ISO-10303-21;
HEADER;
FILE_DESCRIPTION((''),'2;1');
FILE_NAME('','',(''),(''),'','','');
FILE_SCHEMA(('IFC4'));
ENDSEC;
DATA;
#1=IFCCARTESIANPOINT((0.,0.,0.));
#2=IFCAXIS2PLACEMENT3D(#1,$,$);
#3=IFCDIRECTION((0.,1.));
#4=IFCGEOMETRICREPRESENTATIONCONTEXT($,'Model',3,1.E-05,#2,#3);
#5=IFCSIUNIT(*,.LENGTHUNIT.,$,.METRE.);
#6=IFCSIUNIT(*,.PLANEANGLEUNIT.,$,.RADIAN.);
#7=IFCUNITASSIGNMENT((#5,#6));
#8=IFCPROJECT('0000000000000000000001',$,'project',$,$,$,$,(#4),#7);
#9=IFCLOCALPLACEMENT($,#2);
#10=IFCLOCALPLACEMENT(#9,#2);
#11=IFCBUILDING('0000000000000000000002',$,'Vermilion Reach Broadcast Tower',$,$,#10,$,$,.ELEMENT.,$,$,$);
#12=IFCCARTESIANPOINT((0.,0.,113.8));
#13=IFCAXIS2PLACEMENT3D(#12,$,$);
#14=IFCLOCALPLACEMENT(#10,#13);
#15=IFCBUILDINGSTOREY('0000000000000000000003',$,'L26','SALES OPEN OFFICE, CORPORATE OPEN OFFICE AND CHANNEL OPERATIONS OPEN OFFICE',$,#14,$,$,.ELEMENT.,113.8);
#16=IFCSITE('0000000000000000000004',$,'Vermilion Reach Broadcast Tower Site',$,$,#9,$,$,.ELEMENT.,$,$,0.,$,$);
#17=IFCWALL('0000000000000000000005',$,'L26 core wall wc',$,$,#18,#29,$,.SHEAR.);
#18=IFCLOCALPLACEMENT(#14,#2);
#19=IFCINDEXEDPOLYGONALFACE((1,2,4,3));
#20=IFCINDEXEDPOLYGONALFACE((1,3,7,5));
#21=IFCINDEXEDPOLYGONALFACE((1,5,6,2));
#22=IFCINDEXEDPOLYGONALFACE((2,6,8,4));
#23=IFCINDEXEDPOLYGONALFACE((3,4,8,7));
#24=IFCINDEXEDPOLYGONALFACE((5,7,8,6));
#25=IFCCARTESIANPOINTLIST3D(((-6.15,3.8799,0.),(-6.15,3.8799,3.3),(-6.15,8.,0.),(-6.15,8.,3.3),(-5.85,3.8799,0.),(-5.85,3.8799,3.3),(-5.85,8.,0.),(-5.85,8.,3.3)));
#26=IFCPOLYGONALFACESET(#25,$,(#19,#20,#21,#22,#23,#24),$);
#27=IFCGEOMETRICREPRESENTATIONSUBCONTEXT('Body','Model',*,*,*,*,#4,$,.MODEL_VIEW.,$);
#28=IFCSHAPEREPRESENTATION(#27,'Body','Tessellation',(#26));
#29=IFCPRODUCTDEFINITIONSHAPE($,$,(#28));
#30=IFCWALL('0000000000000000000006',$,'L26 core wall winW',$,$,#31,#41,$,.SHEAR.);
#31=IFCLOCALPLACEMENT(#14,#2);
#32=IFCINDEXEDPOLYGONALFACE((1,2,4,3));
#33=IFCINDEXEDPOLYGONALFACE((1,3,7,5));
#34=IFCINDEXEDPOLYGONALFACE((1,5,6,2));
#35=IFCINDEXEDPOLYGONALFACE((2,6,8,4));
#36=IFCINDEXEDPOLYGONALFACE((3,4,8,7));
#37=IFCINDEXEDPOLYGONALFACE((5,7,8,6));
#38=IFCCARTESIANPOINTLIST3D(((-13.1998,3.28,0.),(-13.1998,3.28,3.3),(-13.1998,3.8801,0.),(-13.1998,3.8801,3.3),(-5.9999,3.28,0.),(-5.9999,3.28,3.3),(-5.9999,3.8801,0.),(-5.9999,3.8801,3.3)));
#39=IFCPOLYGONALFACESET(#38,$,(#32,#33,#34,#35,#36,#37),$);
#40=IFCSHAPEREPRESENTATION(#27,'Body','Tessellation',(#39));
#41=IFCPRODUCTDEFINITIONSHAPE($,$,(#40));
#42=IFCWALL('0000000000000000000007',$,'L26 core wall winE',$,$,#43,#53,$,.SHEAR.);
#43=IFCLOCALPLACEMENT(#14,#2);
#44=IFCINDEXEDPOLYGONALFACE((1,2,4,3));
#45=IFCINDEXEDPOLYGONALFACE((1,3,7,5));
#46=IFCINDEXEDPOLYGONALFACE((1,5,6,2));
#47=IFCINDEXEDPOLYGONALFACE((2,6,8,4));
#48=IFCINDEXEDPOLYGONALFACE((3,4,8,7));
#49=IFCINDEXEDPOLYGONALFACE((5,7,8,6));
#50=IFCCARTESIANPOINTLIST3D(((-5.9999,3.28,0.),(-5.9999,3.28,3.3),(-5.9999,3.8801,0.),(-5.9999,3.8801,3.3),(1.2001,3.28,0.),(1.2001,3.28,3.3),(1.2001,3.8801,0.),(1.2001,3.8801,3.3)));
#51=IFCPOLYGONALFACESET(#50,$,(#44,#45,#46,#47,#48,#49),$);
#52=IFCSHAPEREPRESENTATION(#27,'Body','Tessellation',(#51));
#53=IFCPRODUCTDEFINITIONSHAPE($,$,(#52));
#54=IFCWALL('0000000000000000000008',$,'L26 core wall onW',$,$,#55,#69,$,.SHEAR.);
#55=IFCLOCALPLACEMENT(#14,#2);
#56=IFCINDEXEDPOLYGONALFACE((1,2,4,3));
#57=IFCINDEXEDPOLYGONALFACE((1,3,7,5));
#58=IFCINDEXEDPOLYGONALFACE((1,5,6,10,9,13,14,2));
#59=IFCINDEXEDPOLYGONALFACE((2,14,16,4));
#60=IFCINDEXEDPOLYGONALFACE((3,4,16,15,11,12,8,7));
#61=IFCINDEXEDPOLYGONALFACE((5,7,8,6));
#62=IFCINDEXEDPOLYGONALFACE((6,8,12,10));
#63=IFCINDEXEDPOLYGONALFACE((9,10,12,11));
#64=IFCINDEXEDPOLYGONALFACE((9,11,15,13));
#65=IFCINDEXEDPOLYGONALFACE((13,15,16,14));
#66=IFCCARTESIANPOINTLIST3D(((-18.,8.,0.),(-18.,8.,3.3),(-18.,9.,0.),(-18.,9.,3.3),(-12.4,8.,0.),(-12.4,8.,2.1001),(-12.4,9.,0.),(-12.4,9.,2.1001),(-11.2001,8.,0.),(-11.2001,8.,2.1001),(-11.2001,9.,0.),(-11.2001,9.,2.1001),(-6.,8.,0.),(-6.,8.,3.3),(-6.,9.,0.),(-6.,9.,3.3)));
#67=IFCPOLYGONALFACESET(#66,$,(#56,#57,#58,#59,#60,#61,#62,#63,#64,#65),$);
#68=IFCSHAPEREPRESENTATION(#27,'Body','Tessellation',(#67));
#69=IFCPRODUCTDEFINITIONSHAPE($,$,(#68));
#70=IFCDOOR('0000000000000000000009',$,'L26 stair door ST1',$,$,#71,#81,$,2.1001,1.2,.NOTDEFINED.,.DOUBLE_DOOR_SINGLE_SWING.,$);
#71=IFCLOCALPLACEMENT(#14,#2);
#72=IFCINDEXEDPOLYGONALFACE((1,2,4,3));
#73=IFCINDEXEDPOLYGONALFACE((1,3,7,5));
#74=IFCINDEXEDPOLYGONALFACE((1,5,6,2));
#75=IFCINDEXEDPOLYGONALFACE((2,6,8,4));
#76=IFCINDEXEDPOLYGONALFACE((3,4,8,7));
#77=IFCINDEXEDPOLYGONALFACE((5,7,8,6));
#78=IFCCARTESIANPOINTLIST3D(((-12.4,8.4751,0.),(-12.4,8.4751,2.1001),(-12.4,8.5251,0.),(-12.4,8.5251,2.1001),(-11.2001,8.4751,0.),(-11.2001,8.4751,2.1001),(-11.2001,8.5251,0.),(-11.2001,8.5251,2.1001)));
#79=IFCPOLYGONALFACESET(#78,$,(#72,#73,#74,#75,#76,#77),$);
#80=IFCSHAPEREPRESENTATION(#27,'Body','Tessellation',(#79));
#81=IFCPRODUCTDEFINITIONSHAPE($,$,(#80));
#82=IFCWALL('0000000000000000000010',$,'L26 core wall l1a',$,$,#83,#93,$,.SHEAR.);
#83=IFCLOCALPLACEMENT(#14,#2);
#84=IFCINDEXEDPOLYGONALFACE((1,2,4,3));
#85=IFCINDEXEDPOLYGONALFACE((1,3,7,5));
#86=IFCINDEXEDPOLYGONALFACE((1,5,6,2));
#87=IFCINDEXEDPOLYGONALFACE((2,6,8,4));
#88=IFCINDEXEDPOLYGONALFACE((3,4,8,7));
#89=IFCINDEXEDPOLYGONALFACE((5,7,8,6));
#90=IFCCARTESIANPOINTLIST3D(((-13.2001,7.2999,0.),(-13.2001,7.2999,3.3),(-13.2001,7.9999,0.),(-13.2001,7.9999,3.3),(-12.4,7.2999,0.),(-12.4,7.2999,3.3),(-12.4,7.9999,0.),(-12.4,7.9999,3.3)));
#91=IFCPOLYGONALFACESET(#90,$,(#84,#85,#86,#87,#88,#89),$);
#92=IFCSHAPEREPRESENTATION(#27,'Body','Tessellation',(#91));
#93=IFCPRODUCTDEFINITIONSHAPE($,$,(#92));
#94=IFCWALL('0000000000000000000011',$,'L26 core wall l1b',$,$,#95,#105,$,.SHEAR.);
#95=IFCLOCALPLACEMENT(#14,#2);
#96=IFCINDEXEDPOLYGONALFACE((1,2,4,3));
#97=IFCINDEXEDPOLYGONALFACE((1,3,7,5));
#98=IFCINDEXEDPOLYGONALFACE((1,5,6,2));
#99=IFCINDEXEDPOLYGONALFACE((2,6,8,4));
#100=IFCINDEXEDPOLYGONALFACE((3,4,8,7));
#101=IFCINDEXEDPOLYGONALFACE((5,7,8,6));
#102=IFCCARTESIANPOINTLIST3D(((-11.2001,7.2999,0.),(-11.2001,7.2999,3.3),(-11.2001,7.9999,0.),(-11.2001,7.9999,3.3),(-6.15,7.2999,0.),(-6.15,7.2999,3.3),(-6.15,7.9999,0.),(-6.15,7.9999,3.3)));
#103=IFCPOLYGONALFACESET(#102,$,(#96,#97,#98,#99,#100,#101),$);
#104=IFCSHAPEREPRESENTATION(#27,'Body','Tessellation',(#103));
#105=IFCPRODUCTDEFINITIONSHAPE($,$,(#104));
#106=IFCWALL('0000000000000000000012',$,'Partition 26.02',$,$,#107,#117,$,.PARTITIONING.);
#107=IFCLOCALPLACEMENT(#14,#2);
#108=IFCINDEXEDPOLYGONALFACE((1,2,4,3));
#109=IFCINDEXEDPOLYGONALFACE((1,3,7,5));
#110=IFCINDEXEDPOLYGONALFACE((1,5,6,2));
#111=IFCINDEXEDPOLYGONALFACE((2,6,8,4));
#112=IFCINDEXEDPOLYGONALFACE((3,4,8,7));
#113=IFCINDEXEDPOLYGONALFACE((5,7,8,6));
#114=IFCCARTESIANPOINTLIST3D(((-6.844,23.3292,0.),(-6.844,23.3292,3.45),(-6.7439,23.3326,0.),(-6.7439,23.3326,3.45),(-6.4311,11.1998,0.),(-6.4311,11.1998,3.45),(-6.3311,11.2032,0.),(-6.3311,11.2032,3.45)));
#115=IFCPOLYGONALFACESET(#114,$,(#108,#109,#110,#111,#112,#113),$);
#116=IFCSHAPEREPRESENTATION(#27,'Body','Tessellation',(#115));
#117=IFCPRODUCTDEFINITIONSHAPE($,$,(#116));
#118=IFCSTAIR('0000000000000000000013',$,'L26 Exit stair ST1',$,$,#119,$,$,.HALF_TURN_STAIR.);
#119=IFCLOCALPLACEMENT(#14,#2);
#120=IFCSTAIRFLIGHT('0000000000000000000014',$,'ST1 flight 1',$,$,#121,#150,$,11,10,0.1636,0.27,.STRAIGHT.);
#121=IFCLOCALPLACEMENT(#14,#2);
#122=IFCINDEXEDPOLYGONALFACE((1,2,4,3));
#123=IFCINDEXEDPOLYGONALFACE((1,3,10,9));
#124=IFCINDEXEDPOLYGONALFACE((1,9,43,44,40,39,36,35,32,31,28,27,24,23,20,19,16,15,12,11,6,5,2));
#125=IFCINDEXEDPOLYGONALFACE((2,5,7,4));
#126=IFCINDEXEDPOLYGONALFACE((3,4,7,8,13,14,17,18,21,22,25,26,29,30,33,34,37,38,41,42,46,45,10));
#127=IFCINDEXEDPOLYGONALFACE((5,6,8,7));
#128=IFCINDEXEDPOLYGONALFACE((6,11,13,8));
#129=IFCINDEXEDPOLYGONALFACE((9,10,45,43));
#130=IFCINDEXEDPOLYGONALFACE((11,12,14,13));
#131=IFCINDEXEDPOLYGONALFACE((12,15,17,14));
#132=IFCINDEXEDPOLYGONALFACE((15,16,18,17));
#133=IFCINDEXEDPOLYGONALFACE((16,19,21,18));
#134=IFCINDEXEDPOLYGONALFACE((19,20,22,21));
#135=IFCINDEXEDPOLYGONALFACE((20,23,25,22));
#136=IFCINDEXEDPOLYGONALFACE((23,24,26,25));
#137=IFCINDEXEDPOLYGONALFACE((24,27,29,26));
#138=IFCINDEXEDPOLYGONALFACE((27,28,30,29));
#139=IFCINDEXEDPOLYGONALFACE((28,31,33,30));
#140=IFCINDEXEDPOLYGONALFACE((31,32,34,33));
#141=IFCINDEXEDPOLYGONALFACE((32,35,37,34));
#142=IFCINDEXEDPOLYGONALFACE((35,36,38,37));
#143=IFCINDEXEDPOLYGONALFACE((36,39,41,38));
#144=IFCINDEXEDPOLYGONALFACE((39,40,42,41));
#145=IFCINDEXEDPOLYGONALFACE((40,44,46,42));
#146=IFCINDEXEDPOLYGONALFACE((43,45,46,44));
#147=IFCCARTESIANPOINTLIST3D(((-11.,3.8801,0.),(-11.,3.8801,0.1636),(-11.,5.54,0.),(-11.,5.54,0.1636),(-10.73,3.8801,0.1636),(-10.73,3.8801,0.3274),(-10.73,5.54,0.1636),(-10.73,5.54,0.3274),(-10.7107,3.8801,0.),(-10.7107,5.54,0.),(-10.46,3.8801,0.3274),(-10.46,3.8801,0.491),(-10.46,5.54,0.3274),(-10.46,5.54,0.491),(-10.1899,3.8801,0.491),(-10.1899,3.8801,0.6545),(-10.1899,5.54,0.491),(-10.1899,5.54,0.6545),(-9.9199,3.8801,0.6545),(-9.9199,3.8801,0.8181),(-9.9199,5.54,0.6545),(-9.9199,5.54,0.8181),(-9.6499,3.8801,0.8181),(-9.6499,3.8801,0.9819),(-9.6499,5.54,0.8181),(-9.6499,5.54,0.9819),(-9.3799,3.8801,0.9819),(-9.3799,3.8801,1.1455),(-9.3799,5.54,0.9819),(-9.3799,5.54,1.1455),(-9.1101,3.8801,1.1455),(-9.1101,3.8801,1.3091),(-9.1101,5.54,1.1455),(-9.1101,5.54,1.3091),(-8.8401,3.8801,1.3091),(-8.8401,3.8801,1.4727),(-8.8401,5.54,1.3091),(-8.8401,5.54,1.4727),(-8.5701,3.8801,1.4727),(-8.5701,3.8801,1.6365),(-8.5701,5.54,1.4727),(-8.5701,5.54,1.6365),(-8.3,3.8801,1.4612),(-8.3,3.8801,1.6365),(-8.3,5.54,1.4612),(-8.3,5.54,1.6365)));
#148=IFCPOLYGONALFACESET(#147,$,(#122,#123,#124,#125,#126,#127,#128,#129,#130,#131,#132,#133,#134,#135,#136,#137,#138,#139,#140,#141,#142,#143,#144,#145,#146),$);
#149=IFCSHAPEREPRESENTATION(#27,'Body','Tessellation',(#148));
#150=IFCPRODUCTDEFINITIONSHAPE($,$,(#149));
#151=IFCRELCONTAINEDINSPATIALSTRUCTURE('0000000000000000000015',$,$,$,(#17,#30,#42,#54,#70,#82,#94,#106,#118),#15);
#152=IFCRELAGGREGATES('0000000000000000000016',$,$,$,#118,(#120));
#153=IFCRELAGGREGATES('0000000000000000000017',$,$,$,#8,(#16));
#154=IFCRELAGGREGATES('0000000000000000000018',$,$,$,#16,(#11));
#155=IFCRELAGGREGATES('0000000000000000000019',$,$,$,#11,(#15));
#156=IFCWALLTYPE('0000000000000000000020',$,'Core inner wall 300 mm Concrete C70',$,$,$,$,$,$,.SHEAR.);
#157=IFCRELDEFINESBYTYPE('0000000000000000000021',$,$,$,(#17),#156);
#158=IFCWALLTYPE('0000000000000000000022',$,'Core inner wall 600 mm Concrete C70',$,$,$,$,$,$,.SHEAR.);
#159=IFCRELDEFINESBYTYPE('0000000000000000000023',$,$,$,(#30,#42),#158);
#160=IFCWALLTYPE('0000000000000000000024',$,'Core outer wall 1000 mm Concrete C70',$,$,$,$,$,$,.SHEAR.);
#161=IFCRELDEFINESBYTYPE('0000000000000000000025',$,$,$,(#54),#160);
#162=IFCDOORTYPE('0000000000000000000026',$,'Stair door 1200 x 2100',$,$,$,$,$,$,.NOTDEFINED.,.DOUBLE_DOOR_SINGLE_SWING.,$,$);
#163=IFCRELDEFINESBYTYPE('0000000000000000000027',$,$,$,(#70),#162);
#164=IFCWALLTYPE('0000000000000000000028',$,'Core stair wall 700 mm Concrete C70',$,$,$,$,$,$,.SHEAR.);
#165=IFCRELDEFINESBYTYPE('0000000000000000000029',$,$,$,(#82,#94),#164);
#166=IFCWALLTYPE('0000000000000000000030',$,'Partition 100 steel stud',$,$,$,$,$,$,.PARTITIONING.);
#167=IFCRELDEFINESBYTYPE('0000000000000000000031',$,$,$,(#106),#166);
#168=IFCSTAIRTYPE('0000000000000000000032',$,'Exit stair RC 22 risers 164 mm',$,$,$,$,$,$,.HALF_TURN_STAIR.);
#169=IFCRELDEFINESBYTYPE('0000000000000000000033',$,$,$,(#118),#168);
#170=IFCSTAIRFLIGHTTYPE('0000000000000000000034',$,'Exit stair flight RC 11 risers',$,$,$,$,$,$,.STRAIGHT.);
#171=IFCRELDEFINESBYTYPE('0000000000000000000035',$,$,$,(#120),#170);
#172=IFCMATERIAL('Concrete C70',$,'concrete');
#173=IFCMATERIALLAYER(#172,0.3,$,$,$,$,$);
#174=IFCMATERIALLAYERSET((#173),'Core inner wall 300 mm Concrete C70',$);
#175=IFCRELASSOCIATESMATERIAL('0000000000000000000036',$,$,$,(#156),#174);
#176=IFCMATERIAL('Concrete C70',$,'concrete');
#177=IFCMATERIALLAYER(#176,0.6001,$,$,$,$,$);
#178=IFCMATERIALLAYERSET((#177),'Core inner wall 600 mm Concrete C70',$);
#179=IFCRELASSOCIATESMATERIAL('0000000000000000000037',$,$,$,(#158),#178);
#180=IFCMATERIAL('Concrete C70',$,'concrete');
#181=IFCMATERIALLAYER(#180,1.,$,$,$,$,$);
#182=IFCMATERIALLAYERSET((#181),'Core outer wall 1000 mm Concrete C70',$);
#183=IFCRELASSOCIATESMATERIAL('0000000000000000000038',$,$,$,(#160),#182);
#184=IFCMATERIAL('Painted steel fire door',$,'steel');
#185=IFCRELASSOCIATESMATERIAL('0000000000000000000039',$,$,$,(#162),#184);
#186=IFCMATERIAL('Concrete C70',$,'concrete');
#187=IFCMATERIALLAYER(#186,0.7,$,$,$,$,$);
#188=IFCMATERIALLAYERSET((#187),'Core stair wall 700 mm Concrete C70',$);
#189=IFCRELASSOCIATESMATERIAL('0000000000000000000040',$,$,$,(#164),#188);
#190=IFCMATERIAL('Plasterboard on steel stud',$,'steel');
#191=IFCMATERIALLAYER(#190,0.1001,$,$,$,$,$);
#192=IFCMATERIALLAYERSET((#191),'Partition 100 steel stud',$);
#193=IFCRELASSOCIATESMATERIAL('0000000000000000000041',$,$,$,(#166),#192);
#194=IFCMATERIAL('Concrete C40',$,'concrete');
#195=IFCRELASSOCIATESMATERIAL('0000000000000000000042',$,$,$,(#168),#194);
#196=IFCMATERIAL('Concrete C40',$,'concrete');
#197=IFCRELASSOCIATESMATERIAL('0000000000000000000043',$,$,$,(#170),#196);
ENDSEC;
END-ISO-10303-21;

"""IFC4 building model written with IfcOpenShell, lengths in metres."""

from ifc_helpers import new_model, si_unit, direction, frame, frame_2d, origin, place, context, subcontext, project, spatial, polyline, rectangle, outline, extrude, material, layer, layer_set, type_object, element, fill, aggregate, save


model = new_model("IFC4")

# Units and contexts
model_context = context("Model", 3, precision=1e-05, world=origin(), true_north=direction((0.0, 1.0)))
body_context = subcontext(model_context, "Body", "Model", "MODEL_VIEW")
ifc_project = project(units=[si_unit("LENGTHUNIT", "METRE"), si_unit("PLANEANGLEUNIT", "RADIAN")], contexts=[model_context])

# Site, building, storey
site_placement = place(None, origin())
site = spatial("IfcSite", under=ifc_project, at=site_placement, Name="Vermilion Reach Broadcast Tower Site", CompositionType="ELEMENT", RefElevation=0.0)
building_placement = place(site_placement, origin())
building = spatial("IfcBuilding", under=site, at=building_placement, Name="Vermilion Reach Broadcast Tower", CompositionType="ELEMENT")
storey_placement = place(building_placement, frame((0.0, 0.0, 113.8)))
storey = spatial("IfcBuildingStorey", under=building, at=storey_placement, Name="L26", Description="SALES OPEN OFFICE, CORPORATE OPEN OFFICE AND CHANNEL OPERATIONS OPEN OFFICE", CompositionType="ELEMENT", Elevation=113.8)

# Shared definitions
placement = place(storey_placement, origin())

# Shared definitions
ifc_material_1 = material(Name="Concrete C70", Category="concrete")
ifc_layer_1 = layer(ifc_material_1, 0.3)
ifc_layer_set_1 = layer_set([ifc_layer_1], Name="Core inner wall 300 mm Concrete C70")
wall_type_1 = type_object("IfcWallType", Name="Core inner wall 300 mm Concrete C70", PredefinedType="SHEAR", material=ifc_layer_set_1)

# Walls
wall_1_placement = place(storey_placement, frame((-6.0, 3.8799, 0.0), z_axis=(0.0, 0.0, 1.0), x_axis=(0.0, 1.0, 0.0)))
element("IfcWall", 1, at=wall_1_placement, inside=storey, type_object=wall_type_1, Name="L26 core wall wc", PredefinedType="SHEAR", context=body_context, shape_type="SweptSolid", body=[
    extrude(rectangle(XDim=4.1201, YDim=0.3, at=frame_2d((2.0601, 0.0))), origin(), (0.0, 0.0, 1.0), 3.3),
])
ifc_material_2 = material(Name="Concrete C70", Category="concrete")
ifc_layer_2 = layer(ifc_material_2, 0.6001)
ifc_layer_set_2 = layer_set([ifc_layer_2], Name="Core inner wall 600 mm Concrete C70")
wall_type_2 = type_object("IfcWallType", Name="Core inner wall 600 mm Concrete C70", PredefinedType="SHEAR", material=ifc_layer_set_2)
for number, where, z_axis, x_axis, name in (
    (2, (-13.2, 3.5801, 0.0), (0.0, 0.0, 1.0), (1.0, 0.0, 0.0), "L26 core wall winW"),
    (3, (-6.0, 3.5801, 0.0), (0.0, 0.0, 1.0), (1.0, 0.0, 0.0), "L26 core wall winE"),
):
    element("IfcWall", number, at=place(storey_placement, frame(where, z_axis=z_axis, x_axis=x_axis)), inside=storey, type_object=wall_type_2, Name=name, PredefinedType="SHEAR", context=body_context, shape_type="SweptSolid", body=[
        extrude(rectangle(XDim=7.2, YDim=0.6001, at=frame_2d((3.6001, 0.0))), origin(), (0.0, 0.0, 1.0), 3.3),
    ])

# Wall, opening, door
ifc_material_3 = material(Name="Concrete C70", Category="concrete")
ifc_layer_3 = layer(ifc_material_3, 1.0)
ifc_layer_set_3 = layer_set([ifc_layer_3], Name="Core outer wall 1000 mm Concrete C70")
wall_type_3 = type_object("IfcWallType", Name="Core outer wall 1000 mm Concrete C70", PredefinedType="SHEAR", material=ifc_layer_set_3)
wall_2_placement = place(storey_placement, frame((-6.0, 8.5, 0.0), z_axis=(0.0, 0.0, 1.0), x_axis=(-1.0, 0.0, 0.0)))
wall_2 = element("IfcWall", 4, at=wall_2_placement, inside=storey, type_object=wall_type_3, Name="L26 core wall onW", PredefinedType="SHEAR", context=body_context, shape_type="SweptSolid", body=[
    extrude(rectangle(XDim=12.0, YDim=1.0, at=frame_2d((6.0, 0.0))), origin(), (0.0, 0.0, 1.0), 3.3),
])
opening_1_placement = place(wall_2_placement, frame((5.2, 0.0, 0.0)))
opening_1 = element("IfcOpeningElement", 5, at=opening_1_placement, cuts=wall_2, PredefinedType="OPENING", context=body_context, shape_type="SweptSolid", body=[
    extrude(rectangle(XDim=1.2, YDim=2.1001, at=frame_2d((0.6001, 1.05))), frame((0.0, 0.51, 0.0), z_axis=(0.0, -1.0, 0.0), x_axis=(1.0, 0.0, 0.0)), (0.0, 0.0, 1.0), 1.02),
])
ifc_material_4 = material(Name="Painted steel fire door", Category="steel")
door_type_1 = type_object("IfcDoorType", Name="Stair door 1200 x 2100", OperationType="DOUBLE_DOOR_SINGLE_SWING", PredefinedType="NOTDEFINED", material=ifc_material_4)
door_1_placement = place(opening_1_placement, origin())
door_1 = element("IfcDoor", 6, at=door_1_placement, inside=storey, type_object=door_type_1, Name="L26 stair door ST1", OperationType="DOUBLE_DOOR_SINGLE_SWING", OverallHeight=2.1001, OverallWidth=1.2, PredefinedType="NOTDEFINED", context=body_context, shape_type="SweptSolid", body=[
    extrude(rectangle(XDim=1.2, YDim=2.1001, at=frame_2d((0.6001, 1.05))), frame((0.0, 0.0249, 0.0), z_axis=(0.0, -1.0, 0.0), x_axis=(1.0, 0.0, 0.0)), (0.0, 0.0, 1.0), 0.05),
])
fill(opening_1, door_1)

# Walls
ifc_material_5 = material(Name="Concrete C70", Category="concrete")
ifc_layer_4 = layer(ifc_material_5, 0.7)
ifc_layer_set_4 = layer_set([ifc_layer_4], Name="Core stair wall 700 mm Concrete C70")
wall_type_4 = type_object("IfcWallType", Name="Core stair wall 700 mm Concrete C70", PredefinedType="SHEAR", material=ifc_layer_set_4)
wall_3_placement = place(storey_placement, frame((-13.2, 7.6499, 0.0), z_axis=(0.0, 0.0, 1.0), x_axis=(1.0, 0.0, 0.0)))
element("IfcWall", 7, at=wall_3_placement, inside=storey, type_object=wall_type_4, Name="L26 core wall l1a", PredefinedType="SHEAR", context=body_context, shape_type="SweptSolid", body=[
    extrude(rectangle(XDim=0.8, YDim=0.7, at=frame_2d((0.3999, 0.0))), origin(), (0.0, 0.0, 1.0), 3.3),
])
wall_4_placement = place(storey_placement, frame((-11.2, 7.6499, 0.0), z_axis=(0.0, 0.0, 1.0), x_axis=(1.0, 0.0, 0.0)))
element("IfcWall", 8, at=wall_4_placement, inside=storey, type_object=wall_type_4, Name="L26 core wall l1b", PredefinedType="SHEAR", context=body_context, shape_type="SweptSolid", body=[
    extrude(rectangle(XDim=5.05, YDim=0.7, at=frame_2d((2.5249, 0.0))), origin(), (0.0, 0.0, 1.0), 3.3),
])
ifc_material_6 = material(Name="Plasterboard on steel stud", Category="steel")
ifc_layer_5 = layer(ifc_material_6, 0.1001)
ifc_layer_set_5 = layer_set([ifc_layer_5], Name="Partition 100 steel stud")
wall_type_5 = type_object("IfcWallType", Name="Partition 100 steel stud", PredefinedType="PARTITIONING", material=ifc_layer_set_5)
wall_5_placement = place(storey_placement, frame((-6.7939, 23.3311, 0.0), z_axis=(0.0, 0.0, 1.0), x_axis=(0.034017, -0.999421, 0.0)))
element("IfcWall", 9, at=wall_5_placement, inside=storey, type_object=wall_type_5, Name="Partition 26.02", PredefinedType="PARTITIONING", context=body_context, shape_type="SweptSolid", body=[
    extrude(rectangle(XDim=12.1365, YDim=0.1001, at=frame_2d((6.0684, 0.0))), origin(), (0.0, 0.0, 1.0), 3.45),
])

# Stair, stair flight
ifc_material_7 = material(Name="Concrete C40", Category="concrete")
stair_type = type_object("IfcStairType", Name="Exit stair RC 22 risers 164 mm", PredefinedType="HALF_TURN_STAIR", material=ifc_material_7)
stair = element("IfcStair", 10, at=placement, inside=storey, type_object=stair_type, Name="L26 Exit stair ST1", PredefinedType="HALF_TURN_STAIR")
ifc_material_8 = material(Name="Concrete C40", Category="concrete")
stair_flight_type = type_object("IfcStairFlightType", Name="Exit stair flight RC 11 risers", PredefinedType="STRAIGHT", material=ifc_material_8)
stair_flight_1_placement = place(storey_placement, frame((-11.0, 4.71, 0.0), z_axis=(0.0, 0.0, 1.0), x_axis=(1.0, 0.0, 0.0)))
stair_flight_1 = element("IfcStairFlight", 11, at=stair_flight_1_placement, type_object=stair_flight_type, Name="ST1 flight 1", NumberOfRisers=11, NumberOfTreads=10, PredefinedType="STRAIGHT", RiserHeight=0.1636, TreadLength=0.27, context=body_context, shape_type="SweptSolid", body=[
    extrude(outline(polyline([(0.0, 0.0), (0.0, 0.1636), (0.27, 0.1636), (0.27, 0.3274), (0.54, 0.3274), (0.54, 0.491), (0.8101, 0.491), (0.8101, 0.6545), (1.0801, 0.6545), (1.0801, 0.8181), (1.3501, 0.8181), (1.3501, 0.9819), (1.6201, 0.9819), (1.6201, 1.1455), (1.8899, 1.1455), (1.8899, 1.3091), (2.1599, 1.3091), (2.1599, 1.4727), (2.4299, 1.4727), (2.4299, 1.6365), (2.7, 1.6365), (2.7, 1.8), (2.7, 1.4612), (0.2893, 0.0), (0.0, 0.0)])), frame((0.0, 0.8301, 0.0), z_axis=(0.0, -1.0, 0.0), x_axis=(1.0, 0.0, 0.0)), (0.0, 0.0, 1.0), 1.6599),
])
aggregate(stair, [stair_flight_1])

save(model, "model.ifc")
